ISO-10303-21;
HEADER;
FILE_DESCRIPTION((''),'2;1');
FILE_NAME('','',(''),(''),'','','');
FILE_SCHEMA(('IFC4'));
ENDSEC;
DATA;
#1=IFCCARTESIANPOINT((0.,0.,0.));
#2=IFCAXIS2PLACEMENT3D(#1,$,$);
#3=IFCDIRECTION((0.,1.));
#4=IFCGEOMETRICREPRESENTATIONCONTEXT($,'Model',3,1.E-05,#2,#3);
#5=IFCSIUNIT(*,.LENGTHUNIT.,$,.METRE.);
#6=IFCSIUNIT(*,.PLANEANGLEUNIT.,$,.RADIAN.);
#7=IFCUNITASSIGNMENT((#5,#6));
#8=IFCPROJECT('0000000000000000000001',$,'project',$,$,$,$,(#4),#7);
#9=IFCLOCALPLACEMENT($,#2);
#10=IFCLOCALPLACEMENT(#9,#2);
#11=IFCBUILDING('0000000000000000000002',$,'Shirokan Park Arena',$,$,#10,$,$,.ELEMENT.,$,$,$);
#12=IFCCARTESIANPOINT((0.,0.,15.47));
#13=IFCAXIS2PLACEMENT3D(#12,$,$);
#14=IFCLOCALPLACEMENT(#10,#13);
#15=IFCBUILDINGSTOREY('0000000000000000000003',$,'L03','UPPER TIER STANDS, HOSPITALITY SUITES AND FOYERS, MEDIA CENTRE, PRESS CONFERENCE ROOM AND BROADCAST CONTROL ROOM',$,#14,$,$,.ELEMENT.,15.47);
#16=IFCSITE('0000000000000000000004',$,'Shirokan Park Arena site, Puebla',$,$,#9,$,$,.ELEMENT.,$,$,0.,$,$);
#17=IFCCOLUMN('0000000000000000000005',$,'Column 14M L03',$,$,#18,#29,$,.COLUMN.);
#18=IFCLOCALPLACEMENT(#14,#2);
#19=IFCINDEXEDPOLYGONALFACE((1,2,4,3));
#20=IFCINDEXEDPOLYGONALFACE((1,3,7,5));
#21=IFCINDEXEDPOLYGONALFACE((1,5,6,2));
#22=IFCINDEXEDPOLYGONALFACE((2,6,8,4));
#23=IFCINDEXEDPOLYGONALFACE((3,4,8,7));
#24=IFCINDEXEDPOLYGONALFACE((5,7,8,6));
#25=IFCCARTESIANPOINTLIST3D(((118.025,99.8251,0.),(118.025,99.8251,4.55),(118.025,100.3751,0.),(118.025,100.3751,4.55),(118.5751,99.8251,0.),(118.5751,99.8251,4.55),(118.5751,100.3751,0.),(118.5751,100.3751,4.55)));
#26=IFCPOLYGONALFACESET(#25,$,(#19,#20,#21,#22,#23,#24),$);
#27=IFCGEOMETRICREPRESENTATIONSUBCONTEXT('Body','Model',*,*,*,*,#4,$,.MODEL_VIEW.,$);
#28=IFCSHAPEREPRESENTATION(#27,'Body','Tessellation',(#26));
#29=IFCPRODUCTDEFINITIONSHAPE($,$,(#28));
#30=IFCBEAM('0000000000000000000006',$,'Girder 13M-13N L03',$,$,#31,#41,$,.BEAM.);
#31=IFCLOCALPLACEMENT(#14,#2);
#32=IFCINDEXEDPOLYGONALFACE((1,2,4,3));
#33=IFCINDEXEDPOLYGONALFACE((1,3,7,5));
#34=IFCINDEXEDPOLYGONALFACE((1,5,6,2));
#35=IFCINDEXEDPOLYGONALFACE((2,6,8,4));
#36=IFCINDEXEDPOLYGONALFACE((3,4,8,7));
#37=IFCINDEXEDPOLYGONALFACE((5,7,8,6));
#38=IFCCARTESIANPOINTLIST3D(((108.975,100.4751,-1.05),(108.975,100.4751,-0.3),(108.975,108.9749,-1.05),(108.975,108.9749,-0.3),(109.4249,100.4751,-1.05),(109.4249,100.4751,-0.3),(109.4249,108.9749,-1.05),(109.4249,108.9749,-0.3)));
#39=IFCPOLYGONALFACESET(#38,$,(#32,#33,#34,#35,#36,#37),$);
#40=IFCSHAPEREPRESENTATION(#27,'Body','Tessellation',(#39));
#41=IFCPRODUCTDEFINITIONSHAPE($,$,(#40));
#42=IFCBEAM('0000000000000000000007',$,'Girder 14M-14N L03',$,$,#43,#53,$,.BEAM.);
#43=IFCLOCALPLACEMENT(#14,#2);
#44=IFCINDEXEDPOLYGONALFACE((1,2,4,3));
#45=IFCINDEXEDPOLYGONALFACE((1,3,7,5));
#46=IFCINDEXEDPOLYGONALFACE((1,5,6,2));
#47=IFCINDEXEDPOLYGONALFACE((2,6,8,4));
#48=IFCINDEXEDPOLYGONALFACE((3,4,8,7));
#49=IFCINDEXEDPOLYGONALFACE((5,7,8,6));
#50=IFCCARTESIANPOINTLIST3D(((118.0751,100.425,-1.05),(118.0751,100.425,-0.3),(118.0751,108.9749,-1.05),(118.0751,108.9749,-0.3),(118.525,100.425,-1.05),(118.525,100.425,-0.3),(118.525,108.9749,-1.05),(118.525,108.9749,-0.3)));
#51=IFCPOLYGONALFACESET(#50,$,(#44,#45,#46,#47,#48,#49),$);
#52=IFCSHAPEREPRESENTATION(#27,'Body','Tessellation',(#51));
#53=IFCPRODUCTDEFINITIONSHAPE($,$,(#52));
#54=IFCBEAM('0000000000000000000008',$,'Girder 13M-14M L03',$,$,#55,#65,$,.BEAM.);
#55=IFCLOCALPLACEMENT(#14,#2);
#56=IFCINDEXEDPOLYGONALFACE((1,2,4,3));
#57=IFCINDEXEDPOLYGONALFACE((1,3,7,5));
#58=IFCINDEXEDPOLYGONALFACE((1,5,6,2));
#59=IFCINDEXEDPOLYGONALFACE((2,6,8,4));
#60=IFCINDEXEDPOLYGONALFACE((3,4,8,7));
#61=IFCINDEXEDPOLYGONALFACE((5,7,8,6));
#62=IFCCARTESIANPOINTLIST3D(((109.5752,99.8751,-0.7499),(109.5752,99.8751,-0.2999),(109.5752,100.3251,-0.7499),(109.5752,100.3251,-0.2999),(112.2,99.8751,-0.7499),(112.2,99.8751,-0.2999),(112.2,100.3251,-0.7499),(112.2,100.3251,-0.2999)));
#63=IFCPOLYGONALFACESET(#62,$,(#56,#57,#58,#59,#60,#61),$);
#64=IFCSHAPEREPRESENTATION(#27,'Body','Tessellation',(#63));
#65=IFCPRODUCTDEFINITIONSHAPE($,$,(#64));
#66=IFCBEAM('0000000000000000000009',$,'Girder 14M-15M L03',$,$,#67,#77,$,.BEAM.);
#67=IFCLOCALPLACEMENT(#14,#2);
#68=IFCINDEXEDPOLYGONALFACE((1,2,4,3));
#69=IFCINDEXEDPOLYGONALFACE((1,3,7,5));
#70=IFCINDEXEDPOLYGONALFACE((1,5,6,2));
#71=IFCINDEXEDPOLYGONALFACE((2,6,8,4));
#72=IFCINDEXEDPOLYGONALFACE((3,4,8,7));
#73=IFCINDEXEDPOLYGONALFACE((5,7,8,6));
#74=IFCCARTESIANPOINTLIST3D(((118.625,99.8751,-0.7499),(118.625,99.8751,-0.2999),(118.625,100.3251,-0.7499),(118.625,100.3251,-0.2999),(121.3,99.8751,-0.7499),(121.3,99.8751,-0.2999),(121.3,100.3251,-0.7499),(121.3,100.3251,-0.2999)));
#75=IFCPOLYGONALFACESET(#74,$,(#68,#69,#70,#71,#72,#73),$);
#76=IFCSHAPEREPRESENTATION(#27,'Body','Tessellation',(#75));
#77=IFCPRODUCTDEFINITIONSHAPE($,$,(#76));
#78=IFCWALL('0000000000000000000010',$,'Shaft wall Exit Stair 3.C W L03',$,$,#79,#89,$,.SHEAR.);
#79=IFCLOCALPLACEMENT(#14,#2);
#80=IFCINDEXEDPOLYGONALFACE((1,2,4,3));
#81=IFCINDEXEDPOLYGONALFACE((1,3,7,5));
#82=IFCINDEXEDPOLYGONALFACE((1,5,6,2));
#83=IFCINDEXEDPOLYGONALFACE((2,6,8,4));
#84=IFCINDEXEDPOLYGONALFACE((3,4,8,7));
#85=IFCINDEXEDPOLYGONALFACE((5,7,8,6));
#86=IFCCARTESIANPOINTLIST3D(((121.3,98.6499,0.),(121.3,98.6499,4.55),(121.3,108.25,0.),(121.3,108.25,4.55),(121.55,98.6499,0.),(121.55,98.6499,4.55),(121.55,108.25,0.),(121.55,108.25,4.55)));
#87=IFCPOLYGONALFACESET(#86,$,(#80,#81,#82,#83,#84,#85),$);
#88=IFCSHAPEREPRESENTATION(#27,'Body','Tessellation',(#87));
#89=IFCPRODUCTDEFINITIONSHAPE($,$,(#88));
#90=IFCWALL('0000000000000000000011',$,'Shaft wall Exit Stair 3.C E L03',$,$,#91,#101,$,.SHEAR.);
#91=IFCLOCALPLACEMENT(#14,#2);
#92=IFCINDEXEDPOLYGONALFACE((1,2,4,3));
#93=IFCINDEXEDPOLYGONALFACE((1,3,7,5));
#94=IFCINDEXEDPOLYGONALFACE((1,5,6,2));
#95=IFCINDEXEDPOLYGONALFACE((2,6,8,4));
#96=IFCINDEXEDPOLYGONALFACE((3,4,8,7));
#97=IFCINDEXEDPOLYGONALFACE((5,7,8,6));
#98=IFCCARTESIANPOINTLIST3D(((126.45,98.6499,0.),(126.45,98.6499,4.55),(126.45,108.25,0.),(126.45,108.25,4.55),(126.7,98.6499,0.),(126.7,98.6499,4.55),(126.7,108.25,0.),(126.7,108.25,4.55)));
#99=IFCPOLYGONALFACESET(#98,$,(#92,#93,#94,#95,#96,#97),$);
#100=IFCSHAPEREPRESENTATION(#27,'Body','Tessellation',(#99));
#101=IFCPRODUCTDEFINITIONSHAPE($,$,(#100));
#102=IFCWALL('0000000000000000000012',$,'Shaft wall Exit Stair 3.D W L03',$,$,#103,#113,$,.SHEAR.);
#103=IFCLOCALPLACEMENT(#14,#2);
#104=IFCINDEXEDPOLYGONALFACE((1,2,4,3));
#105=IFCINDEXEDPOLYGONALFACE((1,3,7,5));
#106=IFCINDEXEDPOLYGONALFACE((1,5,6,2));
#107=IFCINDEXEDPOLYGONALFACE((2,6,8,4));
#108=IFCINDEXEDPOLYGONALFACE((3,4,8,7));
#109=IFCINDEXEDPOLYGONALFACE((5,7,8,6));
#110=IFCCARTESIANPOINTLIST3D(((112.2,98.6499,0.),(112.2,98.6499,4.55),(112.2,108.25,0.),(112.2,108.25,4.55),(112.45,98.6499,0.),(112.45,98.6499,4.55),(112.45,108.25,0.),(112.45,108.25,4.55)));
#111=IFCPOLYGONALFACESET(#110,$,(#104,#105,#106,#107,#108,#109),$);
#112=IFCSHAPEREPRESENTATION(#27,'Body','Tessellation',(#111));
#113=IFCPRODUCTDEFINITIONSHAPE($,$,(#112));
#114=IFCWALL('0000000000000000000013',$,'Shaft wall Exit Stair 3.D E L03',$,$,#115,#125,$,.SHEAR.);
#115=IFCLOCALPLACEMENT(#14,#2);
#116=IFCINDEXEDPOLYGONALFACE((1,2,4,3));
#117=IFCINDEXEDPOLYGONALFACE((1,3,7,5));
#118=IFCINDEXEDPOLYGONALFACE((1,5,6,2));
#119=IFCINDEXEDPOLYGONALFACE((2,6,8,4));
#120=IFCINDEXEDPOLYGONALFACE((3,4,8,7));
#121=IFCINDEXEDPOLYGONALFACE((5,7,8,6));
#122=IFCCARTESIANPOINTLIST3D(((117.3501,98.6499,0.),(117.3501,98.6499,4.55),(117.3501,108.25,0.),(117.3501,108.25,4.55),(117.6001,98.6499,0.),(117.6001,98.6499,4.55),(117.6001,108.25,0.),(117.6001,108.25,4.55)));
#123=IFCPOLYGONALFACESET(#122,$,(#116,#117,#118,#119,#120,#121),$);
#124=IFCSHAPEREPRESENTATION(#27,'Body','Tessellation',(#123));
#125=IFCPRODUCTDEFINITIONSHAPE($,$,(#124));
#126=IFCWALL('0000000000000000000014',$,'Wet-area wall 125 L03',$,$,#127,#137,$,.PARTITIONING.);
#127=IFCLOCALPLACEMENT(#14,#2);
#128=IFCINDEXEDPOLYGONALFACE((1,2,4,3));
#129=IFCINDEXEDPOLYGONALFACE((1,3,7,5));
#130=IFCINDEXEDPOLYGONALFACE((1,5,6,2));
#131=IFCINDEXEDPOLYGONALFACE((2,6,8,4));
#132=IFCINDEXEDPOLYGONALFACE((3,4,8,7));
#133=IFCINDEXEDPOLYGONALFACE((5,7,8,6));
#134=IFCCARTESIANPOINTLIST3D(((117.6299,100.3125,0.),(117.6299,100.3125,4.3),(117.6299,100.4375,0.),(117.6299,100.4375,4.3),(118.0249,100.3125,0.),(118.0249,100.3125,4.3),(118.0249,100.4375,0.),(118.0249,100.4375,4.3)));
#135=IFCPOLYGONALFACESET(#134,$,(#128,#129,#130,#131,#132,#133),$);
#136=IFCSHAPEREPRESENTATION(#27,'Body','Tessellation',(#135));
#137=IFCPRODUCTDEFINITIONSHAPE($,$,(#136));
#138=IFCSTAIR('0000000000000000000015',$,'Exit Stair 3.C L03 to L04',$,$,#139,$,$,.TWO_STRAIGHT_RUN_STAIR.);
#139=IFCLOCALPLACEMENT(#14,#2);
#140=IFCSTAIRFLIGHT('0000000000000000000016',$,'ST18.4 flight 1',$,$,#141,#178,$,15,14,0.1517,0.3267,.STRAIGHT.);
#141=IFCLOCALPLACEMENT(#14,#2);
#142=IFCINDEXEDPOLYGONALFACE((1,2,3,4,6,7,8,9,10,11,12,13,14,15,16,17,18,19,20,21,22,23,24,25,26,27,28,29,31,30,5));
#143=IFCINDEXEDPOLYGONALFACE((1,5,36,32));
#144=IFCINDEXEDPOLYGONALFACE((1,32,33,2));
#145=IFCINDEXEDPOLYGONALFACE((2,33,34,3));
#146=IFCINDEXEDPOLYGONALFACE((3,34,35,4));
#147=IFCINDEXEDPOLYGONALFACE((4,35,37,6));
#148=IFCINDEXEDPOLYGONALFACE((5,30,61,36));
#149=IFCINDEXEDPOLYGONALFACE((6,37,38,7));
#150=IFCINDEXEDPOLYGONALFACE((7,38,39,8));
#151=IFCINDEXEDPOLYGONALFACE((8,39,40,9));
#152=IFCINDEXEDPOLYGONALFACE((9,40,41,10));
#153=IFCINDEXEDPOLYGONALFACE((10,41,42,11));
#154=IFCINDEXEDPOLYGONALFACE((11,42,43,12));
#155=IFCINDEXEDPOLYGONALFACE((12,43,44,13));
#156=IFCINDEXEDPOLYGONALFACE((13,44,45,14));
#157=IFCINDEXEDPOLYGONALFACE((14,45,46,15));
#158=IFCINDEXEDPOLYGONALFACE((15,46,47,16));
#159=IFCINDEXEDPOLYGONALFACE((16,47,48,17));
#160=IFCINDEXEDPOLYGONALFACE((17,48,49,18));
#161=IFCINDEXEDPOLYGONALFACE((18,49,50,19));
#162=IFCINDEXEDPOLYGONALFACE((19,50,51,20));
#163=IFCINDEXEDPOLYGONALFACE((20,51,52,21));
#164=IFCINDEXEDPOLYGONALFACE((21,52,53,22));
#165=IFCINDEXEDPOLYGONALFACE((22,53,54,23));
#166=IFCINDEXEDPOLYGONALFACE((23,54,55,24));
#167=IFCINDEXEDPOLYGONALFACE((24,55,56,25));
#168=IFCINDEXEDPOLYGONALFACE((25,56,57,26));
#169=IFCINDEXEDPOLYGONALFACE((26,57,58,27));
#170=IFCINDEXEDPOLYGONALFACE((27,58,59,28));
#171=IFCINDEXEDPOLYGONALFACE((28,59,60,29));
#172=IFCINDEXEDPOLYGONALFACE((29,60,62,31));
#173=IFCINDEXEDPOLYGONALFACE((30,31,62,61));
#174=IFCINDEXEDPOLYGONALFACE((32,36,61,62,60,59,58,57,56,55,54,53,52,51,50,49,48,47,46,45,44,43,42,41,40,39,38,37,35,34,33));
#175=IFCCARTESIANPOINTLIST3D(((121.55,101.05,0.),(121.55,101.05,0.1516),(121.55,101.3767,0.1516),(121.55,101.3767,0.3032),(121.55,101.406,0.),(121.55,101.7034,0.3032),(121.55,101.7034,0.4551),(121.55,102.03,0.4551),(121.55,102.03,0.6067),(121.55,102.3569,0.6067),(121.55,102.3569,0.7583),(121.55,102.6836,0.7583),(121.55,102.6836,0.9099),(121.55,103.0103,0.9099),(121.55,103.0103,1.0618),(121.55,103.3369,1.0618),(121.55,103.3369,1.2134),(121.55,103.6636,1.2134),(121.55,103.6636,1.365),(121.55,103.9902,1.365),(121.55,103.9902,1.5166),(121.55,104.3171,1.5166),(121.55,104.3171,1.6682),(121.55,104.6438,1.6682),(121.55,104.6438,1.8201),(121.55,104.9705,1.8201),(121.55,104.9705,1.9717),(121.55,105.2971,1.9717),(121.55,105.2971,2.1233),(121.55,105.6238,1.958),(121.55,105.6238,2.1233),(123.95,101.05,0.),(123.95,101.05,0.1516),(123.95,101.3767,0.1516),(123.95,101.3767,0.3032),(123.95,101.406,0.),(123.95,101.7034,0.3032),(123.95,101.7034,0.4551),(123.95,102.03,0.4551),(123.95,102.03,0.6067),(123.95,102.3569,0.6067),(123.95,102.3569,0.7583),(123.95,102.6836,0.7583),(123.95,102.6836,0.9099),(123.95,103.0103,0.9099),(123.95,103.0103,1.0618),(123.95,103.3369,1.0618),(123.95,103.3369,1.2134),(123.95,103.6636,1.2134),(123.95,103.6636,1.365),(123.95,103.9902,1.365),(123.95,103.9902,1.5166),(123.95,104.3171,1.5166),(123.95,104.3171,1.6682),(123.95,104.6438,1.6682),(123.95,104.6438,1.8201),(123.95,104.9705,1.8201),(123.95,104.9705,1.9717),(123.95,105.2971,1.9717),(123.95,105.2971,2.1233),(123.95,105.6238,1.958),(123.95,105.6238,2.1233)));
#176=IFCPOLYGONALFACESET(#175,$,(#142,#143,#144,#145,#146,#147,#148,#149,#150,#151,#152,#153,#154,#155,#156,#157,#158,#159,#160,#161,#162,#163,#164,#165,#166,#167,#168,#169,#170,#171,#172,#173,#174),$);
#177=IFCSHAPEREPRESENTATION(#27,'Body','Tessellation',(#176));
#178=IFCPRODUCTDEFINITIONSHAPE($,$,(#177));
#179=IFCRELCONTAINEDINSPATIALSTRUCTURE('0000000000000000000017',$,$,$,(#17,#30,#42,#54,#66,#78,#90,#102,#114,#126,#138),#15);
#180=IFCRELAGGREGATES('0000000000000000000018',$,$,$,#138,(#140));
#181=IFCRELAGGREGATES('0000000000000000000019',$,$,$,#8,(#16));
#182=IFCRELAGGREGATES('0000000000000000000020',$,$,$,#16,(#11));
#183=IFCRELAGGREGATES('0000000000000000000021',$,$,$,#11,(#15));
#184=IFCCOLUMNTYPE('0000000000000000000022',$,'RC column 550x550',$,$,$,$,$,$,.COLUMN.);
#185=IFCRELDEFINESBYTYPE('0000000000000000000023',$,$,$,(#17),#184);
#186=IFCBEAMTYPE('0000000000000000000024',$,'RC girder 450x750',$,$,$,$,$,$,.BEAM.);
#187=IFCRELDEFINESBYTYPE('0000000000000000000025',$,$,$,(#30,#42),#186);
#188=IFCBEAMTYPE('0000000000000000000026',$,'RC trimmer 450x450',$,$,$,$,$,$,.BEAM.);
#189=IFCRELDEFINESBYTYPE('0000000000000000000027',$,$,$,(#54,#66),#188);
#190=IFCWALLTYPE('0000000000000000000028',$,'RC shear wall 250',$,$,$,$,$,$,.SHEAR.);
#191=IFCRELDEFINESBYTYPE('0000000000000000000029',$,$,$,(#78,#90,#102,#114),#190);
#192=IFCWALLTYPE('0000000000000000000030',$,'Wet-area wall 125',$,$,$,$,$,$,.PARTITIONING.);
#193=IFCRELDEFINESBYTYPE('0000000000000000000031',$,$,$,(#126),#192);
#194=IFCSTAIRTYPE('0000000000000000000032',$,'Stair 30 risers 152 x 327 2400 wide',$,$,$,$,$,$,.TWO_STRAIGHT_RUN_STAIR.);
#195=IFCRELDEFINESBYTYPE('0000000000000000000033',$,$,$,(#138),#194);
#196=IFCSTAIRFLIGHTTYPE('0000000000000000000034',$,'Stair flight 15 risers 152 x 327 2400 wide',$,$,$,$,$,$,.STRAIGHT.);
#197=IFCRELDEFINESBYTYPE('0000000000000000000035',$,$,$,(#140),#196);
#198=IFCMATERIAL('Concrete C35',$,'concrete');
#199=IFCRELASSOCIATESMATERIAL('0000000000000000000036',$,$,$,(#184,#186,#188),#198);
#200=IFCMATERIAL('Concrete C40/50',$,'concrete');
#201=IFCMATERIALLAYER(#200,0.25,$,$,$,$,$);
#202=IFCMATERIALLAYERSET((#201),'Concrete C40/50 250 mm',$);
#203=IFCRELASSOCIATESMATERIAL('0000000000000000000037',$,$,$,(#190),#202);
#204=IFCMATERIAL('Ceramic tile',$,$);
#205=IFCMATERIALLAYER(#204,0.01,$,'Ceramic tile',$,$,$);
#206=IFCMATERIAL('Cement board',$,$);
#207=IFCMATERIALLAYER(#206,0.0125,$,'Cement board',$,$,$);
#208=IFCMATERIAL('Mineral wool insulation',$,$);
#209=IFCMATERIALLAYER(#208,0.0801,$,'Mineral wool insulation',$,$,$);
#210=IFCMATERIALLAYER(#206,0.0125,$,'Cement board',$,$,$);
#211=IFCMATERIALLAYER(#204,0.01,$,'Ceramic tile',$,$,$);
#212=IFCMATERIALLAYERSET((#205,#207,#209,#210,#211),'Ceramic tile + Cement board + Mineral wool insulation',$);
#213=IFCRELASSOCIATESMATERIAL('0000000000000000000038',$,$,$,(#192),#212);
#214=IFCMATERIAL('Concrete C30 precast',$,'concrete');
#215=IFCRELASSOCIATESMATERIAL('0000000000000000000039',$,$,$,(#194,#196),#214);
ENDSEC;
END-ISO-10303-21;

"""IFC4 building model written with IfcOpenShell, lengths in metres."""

from ifc_helpers import new_model, si_unit, direction, frame, frame_2d, origin, origin_2d, place, context, subcontext, project, spatial, polyline, rectangle, outline, extrude, material, layer, layer_set, material_profile, profile_set, type_object, element, aggregate, save


model = new_model("IFC4")

# Units and contexts
model_context = context("Model", 3, precision=1e-05, world=origin(), true_north=direction((0.0, 1.0)))
body_context = subcontext(model_context, "Body", "Model", "MODEL_VIEW")
ifc_project = project(units=[si_unit("LENGTHUNIT", "METRE"), si_unit("PLANEANGLEUNIT", "RADIAN")], contexts=[model_context])

# Site, building, storey
site_placement = place(None, origin())
site = spatial("IfcSite", under=ifc_project, at=site_placement, Name="Shirokan Park Arena site, Puebla", CompositionType="ELEMENT", RefElevation=0.0)
building_placement = place(site_placement, origin())
building = spatial("IfcBuilding", under=site, at=building_placement, Name="Shirokan Park Arena", CompositionType="ELEMENT")
storey_placement = place(building_placement, frame((0.0, 0.0, 15.47)))
storey = spatial("IfcBuildingStorey", under=building, at=storey_placement, Name="L03", Description="UPPER TIER STANDS, HOSPITALITY SUITES AND FOYERS, MEDIA CENTRE, PRESS CONFERENCE ROOM AND BROADCAST CONTROL ROOM", CompositionType="ELEMENT", Elevation=15.47)

# Column
ifc_material_1 = material(Name="Concrete C35", Category="concrete")
ifc_material_profile_1 = material_profile(ifc_material_1, rectangle(XDim=0.55, YDim=0.55, at=origin_2d()), Name="550x550")
ifc_profile_set_1 = profile_set([ifc_material_profile_1], Name="Concrete C35")
column_type = type_object("IfcColumnType", Name="RC column 550x550", PredefinedType="COLUMN", material=ifc_profile_set_1)
column_placement = place(storey_placement, frame((118.3, 100.1001, 0.0), z_axis=(0.0, 0.0, 1.0), x_axis=(1.0, 0.0, 0.0)))
element("IfcColumn", 1, at=column_placement, inside=storey, type_object=column_type, Name="Column 14M L03", PredefinedType="COLUMN", context=body_context, shape_type="SweptSolid", body=[
    extrude(rectangle(XDim=0.55, YDim=0.55, at=origin_2d()), origin(), (0.0, 0.0, 1.0), 4.55),
])

# Beams
ifc_material_profile_2 = material_profile(ifc_material_1, rectangle(XDim=0.45, YDim=0.75, at=origin_2d()), Name="450x750")
ifc_profile_set_2 = profile_set([ifc_material_profile_2], Name="Concrete C35")
beam_type_1 = type_object("IfcBeamType", Name="RC girder 450x750", PredefinedType="BEAM", material=ifc_profile_set_2)
beam_1_placement = place(storey_placement, frame((109.2, 100.4751, -0.675), z_axis=(0.0, 1.0, 0.0), x_axis=(-1.0, 0.0, 0.0)))
element("IfcBeam", 2, at=beam_1_placement, inside=storey, type_object=beam_type_1, Name="Girder 13M-13N L03", PredefinedType="BEAM", context=body_context, shape_type="SweptSolid", body=[
    extrude(rectangle(XDim=0.45, YDim=0.75, at=origin_2d()), origin(), (0.0, 0.0, 1.0), 8.4998),
])
beam_2_placement = place(storey_placement, frame((118.3, 100.425, -0.675), z_axis=(0.0, 1.0, 0.0), x_axis=(-1.0, 0.0, 0.0)))
element("IfcBeam", 3, at=beam_2_placement, inside=storey, type_object=beam_type_1, Name="Girder 14M-14N L03", PredefinedType="BEAM", context=body_context, shape_type="SweptSolid", body=[
    extrude(rectangle(XDim=0.45, YDim=0.75, at=origin_2d()), origin(), (0.0, 0.0, 1.0), 8.5498),
])
ifc_material_profile_3 = material_profile(ifc_material_1, rectangle(XDim=0.45, YDim=0.45, at=origin_2d()), Name="450x450")
ifc_profile_set_3 = profile_set([ifc_material_profile_3], Name="Concrete C35")
beam_type_2 = type_object("IfcBeamType", Name="RC trimmer 450x450", PredefinedType="BEAM", material=ifc_profile_set_3)
beam_3_placement = place(storey_placement, frame((109.5752, 100.1001, -0.5249), z_axis=(1.0, 0.0, 0.0), x_axis=(0.0, 1.0, 0.0)))
element("IfcBeam", 4, at=beam_3_placement, inside=storey, type_object=beam_type_2, Name="Girder 13M-14M L03", PredefinedType="BEAM", context=body_context, shape_type="SweptSolid", body=[
    extrude(rectangle(XDim=0.45, YDim=0.45, at=origin_2d()), origin(), (0.0, 0.0, 1.0), 2.6248),
])
beam_4_placement = place(storey_placement, frame((118.625, 100.1001, -0.5249), z_axis=(1.0, 0.0, 0.0), x_axis=(0.0, 1.0, 0.0)))
element("IfcBeam", 5, at=beam_4_placement, inside=storey, type_object=beam_type_2, Name="Girder 14M-15M L03", PredefinedType="BEAM", context=body_context, shape_type="SweptSolid", body=[
    extrude(rectangle(XDim=0.45, YDim=0.45, at=origin_2d()), origin(), (0.0, 0.0, 1.0), 2.675),
])

# Walls
ifc_material_2 = material(Name="Concrete C40/50", Category="concrete")
ifc_layer_1 = layer(ifc_material_2, 0.25)
ifc_layer_set_1 = layer_set([ifc_layer_1], Name="Concrete C40/50 250 mm")
wall_type_1 = type_object("IfcWallType", Name="RC shear wall 250", PredefinedType="SHEAR", material=ifc_layer_set_1)
for number, where, z_axis, x_axis, name in (
    (6, (121.425, 108.25, 0.0), (0.0, 0.0, 1.0), (0.0, -1.0, 0.0), "Shaft wall Exit Stair 3.C W L03"),
    (7, (126.575, 108.25, 0.0), (0.0, 0.0, 1.0), (0.0, -1.0, 0.0), "Shaft wall Exit Stair 3.C E L03"),
    (8, (112.325, 108.25, 0.0), (0.0, 0.0, 1.0), (0.0, -1.0, 0.0), "Shaft wall Exit Stair 3.D W L03"),
    (9, (117.4751, 108.25, 0.0), (0.0, 0.0, 1.0), (0.0, -1.0, 0.0), "Shaft wall Exit Stair 3.D E L03"),
):
    element("IfcWall", number, at=place(storey_placement, frame(where, z_axis=z_axis, x_axis=x_axis)), inside=storey, type_object=wall_type_1, Name=name, PredefinedType="SHEAR", context=body_context, shape_type="SweptSolid", body=[
        extrude(rectangle(XDim=9.6001, YDim=0.25, at=frame_2d((4.8, 0.0))), origin(), (0.0, 0.0, 1.0), 4.55),
    ])
ifc_material_3 = material(Name="Ceramic tile")
ifc_layer_2 = layer(ifc_material_3, 0.01, Name="Ceramic tile")
ifc_material_4 = material(Name="Cement board")
ifc_layer_3 = layer(ifc_material_4, 0.0125, Name="Cement board")
ifc_material_5 = material(Name="Mineral wool insulation")
ifc_layer_4 = layer(ifc_material_5, 0.0801, Name="Mineral wool insulation")
ifc_layer_5 = layer(ifc_material_4, 0.0125, Name="Cement board")
ifc_layer_6 = layer(ifc_material_3, 0.01, Name="Ceramic tile")
ifc_layer_set_2 = layer_set([ifc_layer_2, ifc_layer_3, ifc_layer_4, ifc_layer_5, ifc_layer_6], Name="Ceramic tile + Cement board + Mineral wool insulation")
wall_type_2 = type_object("IfcWallType", Name="Wet-area wall 125", PredefinedType="PARTITIONING", material=ifc_layer_set_2)
wall_placement = place(storey_placement, frame((118.0249, 100.375, 0.0), z_axis=(0.0, 0.0, 1.0), x_axis=(-1.0, 0.0, 0.0)))
element("IfcWall", 10, at=wall_placement, inside=storey, type_object=wall_type_2, Name="Wet-area wall 125 L03", PredefinedType="PARTITIONING", context=body_context, shape_type="SweptSolid", body=[
    extrude(rectangle(XDim=0.395, YDim=0.125, at=frame_2d((0.1975, 0.0))), origin(), (0.0, 0.0, 1.0), 4.3),
])

# Stair, stair flight
ifc_material_6 = material(Name="Concrete C30 precast", Category="concrete")
stair_type = type_object("IfcStairType", Name="Stair 30 risers 152 x 327 2400 wide", PredefinedType="TWO_STRAIGHT_RUN_STAIR", material=ifc_material_6)
stair_1_placement = place(storey_placement, origin())
stair_1 = element("IfcStair", 11, at=stair_1_placement, inside=storey, type_object=stair_type, Name="Exit Stair 3.C L03 to L04", PredefinedType="TWO_STRAIGHT_RUN_STAIR")
stair_flight_type = type_object("IfcStairFlightType", Name="Stair flight 15 risers 152 x 327 2400 wide", PredefinedType="STRAIGHT", material=ifc_material_6)
stair_flight_1_placement = place(storey_placement, frame((122.75, 101.05, 0.0), z_axis=(0.0, 0.0, 1.0), x_axis=(0.0, 1.0, 0.0)))
stair_flight_1 = element("IfcStairFlight", 12, at=stair_flight_1_placement, type_object=stair_flight_type, Name="ST18.4 flight 1", NumberOfRisers=15, NumberOfTreads=14, PredefinedType="STRAIGHT", RiserHeight=0.1517, TreadLength=0.3267, context=body_context, shape_type="SweptSolid", body=[
    extrude(outline(polyline([(0.0, 0.0), (0.0, 0.1516), (0.3267, 0.1516), (0.3267, 0.3032), (0.6533, 0.3032), (0.6533, 0.4551), (0.98, 0.4551), (0.98, 0.6067), (1.3069, 0.6067), (1.3069, 0.7583), (1.6335, 0.7583), (1.6335, 0.9099), (1.9602, 0.9099), (1.9602, 1.0618), (2.2869, 1.0618), (2.2869, 1.2134), (2.6135, 1.2134), (2.6135, 1.365), (2.9402, 1.365), (2.9402, 1.5166), (3.2671, 1.5166), (3.2671, 1.6682), (3.5938, 1.6682), (3.5938, 1.8201), (3.9204, 1.8201), (3.9204, 1.9717), (4.2471, 1.9717), (4.2471, 2.1233), (4.5737, 2.1233), (4.5737, 2.2749), (4.5737, 1.958), (0.356, 0.0), (0.0, 0.0)])), frame((0.0, 1.2, 0.0), z_axis=(0.0, -1.0, 0.0), x_axis=(1.0, 0.0, 0.0)), (0.0, 0.0, 1.0), 2.3999),
])
aggregate(stair_1, [stair_flight_1])

save(model, "model.ifc")
